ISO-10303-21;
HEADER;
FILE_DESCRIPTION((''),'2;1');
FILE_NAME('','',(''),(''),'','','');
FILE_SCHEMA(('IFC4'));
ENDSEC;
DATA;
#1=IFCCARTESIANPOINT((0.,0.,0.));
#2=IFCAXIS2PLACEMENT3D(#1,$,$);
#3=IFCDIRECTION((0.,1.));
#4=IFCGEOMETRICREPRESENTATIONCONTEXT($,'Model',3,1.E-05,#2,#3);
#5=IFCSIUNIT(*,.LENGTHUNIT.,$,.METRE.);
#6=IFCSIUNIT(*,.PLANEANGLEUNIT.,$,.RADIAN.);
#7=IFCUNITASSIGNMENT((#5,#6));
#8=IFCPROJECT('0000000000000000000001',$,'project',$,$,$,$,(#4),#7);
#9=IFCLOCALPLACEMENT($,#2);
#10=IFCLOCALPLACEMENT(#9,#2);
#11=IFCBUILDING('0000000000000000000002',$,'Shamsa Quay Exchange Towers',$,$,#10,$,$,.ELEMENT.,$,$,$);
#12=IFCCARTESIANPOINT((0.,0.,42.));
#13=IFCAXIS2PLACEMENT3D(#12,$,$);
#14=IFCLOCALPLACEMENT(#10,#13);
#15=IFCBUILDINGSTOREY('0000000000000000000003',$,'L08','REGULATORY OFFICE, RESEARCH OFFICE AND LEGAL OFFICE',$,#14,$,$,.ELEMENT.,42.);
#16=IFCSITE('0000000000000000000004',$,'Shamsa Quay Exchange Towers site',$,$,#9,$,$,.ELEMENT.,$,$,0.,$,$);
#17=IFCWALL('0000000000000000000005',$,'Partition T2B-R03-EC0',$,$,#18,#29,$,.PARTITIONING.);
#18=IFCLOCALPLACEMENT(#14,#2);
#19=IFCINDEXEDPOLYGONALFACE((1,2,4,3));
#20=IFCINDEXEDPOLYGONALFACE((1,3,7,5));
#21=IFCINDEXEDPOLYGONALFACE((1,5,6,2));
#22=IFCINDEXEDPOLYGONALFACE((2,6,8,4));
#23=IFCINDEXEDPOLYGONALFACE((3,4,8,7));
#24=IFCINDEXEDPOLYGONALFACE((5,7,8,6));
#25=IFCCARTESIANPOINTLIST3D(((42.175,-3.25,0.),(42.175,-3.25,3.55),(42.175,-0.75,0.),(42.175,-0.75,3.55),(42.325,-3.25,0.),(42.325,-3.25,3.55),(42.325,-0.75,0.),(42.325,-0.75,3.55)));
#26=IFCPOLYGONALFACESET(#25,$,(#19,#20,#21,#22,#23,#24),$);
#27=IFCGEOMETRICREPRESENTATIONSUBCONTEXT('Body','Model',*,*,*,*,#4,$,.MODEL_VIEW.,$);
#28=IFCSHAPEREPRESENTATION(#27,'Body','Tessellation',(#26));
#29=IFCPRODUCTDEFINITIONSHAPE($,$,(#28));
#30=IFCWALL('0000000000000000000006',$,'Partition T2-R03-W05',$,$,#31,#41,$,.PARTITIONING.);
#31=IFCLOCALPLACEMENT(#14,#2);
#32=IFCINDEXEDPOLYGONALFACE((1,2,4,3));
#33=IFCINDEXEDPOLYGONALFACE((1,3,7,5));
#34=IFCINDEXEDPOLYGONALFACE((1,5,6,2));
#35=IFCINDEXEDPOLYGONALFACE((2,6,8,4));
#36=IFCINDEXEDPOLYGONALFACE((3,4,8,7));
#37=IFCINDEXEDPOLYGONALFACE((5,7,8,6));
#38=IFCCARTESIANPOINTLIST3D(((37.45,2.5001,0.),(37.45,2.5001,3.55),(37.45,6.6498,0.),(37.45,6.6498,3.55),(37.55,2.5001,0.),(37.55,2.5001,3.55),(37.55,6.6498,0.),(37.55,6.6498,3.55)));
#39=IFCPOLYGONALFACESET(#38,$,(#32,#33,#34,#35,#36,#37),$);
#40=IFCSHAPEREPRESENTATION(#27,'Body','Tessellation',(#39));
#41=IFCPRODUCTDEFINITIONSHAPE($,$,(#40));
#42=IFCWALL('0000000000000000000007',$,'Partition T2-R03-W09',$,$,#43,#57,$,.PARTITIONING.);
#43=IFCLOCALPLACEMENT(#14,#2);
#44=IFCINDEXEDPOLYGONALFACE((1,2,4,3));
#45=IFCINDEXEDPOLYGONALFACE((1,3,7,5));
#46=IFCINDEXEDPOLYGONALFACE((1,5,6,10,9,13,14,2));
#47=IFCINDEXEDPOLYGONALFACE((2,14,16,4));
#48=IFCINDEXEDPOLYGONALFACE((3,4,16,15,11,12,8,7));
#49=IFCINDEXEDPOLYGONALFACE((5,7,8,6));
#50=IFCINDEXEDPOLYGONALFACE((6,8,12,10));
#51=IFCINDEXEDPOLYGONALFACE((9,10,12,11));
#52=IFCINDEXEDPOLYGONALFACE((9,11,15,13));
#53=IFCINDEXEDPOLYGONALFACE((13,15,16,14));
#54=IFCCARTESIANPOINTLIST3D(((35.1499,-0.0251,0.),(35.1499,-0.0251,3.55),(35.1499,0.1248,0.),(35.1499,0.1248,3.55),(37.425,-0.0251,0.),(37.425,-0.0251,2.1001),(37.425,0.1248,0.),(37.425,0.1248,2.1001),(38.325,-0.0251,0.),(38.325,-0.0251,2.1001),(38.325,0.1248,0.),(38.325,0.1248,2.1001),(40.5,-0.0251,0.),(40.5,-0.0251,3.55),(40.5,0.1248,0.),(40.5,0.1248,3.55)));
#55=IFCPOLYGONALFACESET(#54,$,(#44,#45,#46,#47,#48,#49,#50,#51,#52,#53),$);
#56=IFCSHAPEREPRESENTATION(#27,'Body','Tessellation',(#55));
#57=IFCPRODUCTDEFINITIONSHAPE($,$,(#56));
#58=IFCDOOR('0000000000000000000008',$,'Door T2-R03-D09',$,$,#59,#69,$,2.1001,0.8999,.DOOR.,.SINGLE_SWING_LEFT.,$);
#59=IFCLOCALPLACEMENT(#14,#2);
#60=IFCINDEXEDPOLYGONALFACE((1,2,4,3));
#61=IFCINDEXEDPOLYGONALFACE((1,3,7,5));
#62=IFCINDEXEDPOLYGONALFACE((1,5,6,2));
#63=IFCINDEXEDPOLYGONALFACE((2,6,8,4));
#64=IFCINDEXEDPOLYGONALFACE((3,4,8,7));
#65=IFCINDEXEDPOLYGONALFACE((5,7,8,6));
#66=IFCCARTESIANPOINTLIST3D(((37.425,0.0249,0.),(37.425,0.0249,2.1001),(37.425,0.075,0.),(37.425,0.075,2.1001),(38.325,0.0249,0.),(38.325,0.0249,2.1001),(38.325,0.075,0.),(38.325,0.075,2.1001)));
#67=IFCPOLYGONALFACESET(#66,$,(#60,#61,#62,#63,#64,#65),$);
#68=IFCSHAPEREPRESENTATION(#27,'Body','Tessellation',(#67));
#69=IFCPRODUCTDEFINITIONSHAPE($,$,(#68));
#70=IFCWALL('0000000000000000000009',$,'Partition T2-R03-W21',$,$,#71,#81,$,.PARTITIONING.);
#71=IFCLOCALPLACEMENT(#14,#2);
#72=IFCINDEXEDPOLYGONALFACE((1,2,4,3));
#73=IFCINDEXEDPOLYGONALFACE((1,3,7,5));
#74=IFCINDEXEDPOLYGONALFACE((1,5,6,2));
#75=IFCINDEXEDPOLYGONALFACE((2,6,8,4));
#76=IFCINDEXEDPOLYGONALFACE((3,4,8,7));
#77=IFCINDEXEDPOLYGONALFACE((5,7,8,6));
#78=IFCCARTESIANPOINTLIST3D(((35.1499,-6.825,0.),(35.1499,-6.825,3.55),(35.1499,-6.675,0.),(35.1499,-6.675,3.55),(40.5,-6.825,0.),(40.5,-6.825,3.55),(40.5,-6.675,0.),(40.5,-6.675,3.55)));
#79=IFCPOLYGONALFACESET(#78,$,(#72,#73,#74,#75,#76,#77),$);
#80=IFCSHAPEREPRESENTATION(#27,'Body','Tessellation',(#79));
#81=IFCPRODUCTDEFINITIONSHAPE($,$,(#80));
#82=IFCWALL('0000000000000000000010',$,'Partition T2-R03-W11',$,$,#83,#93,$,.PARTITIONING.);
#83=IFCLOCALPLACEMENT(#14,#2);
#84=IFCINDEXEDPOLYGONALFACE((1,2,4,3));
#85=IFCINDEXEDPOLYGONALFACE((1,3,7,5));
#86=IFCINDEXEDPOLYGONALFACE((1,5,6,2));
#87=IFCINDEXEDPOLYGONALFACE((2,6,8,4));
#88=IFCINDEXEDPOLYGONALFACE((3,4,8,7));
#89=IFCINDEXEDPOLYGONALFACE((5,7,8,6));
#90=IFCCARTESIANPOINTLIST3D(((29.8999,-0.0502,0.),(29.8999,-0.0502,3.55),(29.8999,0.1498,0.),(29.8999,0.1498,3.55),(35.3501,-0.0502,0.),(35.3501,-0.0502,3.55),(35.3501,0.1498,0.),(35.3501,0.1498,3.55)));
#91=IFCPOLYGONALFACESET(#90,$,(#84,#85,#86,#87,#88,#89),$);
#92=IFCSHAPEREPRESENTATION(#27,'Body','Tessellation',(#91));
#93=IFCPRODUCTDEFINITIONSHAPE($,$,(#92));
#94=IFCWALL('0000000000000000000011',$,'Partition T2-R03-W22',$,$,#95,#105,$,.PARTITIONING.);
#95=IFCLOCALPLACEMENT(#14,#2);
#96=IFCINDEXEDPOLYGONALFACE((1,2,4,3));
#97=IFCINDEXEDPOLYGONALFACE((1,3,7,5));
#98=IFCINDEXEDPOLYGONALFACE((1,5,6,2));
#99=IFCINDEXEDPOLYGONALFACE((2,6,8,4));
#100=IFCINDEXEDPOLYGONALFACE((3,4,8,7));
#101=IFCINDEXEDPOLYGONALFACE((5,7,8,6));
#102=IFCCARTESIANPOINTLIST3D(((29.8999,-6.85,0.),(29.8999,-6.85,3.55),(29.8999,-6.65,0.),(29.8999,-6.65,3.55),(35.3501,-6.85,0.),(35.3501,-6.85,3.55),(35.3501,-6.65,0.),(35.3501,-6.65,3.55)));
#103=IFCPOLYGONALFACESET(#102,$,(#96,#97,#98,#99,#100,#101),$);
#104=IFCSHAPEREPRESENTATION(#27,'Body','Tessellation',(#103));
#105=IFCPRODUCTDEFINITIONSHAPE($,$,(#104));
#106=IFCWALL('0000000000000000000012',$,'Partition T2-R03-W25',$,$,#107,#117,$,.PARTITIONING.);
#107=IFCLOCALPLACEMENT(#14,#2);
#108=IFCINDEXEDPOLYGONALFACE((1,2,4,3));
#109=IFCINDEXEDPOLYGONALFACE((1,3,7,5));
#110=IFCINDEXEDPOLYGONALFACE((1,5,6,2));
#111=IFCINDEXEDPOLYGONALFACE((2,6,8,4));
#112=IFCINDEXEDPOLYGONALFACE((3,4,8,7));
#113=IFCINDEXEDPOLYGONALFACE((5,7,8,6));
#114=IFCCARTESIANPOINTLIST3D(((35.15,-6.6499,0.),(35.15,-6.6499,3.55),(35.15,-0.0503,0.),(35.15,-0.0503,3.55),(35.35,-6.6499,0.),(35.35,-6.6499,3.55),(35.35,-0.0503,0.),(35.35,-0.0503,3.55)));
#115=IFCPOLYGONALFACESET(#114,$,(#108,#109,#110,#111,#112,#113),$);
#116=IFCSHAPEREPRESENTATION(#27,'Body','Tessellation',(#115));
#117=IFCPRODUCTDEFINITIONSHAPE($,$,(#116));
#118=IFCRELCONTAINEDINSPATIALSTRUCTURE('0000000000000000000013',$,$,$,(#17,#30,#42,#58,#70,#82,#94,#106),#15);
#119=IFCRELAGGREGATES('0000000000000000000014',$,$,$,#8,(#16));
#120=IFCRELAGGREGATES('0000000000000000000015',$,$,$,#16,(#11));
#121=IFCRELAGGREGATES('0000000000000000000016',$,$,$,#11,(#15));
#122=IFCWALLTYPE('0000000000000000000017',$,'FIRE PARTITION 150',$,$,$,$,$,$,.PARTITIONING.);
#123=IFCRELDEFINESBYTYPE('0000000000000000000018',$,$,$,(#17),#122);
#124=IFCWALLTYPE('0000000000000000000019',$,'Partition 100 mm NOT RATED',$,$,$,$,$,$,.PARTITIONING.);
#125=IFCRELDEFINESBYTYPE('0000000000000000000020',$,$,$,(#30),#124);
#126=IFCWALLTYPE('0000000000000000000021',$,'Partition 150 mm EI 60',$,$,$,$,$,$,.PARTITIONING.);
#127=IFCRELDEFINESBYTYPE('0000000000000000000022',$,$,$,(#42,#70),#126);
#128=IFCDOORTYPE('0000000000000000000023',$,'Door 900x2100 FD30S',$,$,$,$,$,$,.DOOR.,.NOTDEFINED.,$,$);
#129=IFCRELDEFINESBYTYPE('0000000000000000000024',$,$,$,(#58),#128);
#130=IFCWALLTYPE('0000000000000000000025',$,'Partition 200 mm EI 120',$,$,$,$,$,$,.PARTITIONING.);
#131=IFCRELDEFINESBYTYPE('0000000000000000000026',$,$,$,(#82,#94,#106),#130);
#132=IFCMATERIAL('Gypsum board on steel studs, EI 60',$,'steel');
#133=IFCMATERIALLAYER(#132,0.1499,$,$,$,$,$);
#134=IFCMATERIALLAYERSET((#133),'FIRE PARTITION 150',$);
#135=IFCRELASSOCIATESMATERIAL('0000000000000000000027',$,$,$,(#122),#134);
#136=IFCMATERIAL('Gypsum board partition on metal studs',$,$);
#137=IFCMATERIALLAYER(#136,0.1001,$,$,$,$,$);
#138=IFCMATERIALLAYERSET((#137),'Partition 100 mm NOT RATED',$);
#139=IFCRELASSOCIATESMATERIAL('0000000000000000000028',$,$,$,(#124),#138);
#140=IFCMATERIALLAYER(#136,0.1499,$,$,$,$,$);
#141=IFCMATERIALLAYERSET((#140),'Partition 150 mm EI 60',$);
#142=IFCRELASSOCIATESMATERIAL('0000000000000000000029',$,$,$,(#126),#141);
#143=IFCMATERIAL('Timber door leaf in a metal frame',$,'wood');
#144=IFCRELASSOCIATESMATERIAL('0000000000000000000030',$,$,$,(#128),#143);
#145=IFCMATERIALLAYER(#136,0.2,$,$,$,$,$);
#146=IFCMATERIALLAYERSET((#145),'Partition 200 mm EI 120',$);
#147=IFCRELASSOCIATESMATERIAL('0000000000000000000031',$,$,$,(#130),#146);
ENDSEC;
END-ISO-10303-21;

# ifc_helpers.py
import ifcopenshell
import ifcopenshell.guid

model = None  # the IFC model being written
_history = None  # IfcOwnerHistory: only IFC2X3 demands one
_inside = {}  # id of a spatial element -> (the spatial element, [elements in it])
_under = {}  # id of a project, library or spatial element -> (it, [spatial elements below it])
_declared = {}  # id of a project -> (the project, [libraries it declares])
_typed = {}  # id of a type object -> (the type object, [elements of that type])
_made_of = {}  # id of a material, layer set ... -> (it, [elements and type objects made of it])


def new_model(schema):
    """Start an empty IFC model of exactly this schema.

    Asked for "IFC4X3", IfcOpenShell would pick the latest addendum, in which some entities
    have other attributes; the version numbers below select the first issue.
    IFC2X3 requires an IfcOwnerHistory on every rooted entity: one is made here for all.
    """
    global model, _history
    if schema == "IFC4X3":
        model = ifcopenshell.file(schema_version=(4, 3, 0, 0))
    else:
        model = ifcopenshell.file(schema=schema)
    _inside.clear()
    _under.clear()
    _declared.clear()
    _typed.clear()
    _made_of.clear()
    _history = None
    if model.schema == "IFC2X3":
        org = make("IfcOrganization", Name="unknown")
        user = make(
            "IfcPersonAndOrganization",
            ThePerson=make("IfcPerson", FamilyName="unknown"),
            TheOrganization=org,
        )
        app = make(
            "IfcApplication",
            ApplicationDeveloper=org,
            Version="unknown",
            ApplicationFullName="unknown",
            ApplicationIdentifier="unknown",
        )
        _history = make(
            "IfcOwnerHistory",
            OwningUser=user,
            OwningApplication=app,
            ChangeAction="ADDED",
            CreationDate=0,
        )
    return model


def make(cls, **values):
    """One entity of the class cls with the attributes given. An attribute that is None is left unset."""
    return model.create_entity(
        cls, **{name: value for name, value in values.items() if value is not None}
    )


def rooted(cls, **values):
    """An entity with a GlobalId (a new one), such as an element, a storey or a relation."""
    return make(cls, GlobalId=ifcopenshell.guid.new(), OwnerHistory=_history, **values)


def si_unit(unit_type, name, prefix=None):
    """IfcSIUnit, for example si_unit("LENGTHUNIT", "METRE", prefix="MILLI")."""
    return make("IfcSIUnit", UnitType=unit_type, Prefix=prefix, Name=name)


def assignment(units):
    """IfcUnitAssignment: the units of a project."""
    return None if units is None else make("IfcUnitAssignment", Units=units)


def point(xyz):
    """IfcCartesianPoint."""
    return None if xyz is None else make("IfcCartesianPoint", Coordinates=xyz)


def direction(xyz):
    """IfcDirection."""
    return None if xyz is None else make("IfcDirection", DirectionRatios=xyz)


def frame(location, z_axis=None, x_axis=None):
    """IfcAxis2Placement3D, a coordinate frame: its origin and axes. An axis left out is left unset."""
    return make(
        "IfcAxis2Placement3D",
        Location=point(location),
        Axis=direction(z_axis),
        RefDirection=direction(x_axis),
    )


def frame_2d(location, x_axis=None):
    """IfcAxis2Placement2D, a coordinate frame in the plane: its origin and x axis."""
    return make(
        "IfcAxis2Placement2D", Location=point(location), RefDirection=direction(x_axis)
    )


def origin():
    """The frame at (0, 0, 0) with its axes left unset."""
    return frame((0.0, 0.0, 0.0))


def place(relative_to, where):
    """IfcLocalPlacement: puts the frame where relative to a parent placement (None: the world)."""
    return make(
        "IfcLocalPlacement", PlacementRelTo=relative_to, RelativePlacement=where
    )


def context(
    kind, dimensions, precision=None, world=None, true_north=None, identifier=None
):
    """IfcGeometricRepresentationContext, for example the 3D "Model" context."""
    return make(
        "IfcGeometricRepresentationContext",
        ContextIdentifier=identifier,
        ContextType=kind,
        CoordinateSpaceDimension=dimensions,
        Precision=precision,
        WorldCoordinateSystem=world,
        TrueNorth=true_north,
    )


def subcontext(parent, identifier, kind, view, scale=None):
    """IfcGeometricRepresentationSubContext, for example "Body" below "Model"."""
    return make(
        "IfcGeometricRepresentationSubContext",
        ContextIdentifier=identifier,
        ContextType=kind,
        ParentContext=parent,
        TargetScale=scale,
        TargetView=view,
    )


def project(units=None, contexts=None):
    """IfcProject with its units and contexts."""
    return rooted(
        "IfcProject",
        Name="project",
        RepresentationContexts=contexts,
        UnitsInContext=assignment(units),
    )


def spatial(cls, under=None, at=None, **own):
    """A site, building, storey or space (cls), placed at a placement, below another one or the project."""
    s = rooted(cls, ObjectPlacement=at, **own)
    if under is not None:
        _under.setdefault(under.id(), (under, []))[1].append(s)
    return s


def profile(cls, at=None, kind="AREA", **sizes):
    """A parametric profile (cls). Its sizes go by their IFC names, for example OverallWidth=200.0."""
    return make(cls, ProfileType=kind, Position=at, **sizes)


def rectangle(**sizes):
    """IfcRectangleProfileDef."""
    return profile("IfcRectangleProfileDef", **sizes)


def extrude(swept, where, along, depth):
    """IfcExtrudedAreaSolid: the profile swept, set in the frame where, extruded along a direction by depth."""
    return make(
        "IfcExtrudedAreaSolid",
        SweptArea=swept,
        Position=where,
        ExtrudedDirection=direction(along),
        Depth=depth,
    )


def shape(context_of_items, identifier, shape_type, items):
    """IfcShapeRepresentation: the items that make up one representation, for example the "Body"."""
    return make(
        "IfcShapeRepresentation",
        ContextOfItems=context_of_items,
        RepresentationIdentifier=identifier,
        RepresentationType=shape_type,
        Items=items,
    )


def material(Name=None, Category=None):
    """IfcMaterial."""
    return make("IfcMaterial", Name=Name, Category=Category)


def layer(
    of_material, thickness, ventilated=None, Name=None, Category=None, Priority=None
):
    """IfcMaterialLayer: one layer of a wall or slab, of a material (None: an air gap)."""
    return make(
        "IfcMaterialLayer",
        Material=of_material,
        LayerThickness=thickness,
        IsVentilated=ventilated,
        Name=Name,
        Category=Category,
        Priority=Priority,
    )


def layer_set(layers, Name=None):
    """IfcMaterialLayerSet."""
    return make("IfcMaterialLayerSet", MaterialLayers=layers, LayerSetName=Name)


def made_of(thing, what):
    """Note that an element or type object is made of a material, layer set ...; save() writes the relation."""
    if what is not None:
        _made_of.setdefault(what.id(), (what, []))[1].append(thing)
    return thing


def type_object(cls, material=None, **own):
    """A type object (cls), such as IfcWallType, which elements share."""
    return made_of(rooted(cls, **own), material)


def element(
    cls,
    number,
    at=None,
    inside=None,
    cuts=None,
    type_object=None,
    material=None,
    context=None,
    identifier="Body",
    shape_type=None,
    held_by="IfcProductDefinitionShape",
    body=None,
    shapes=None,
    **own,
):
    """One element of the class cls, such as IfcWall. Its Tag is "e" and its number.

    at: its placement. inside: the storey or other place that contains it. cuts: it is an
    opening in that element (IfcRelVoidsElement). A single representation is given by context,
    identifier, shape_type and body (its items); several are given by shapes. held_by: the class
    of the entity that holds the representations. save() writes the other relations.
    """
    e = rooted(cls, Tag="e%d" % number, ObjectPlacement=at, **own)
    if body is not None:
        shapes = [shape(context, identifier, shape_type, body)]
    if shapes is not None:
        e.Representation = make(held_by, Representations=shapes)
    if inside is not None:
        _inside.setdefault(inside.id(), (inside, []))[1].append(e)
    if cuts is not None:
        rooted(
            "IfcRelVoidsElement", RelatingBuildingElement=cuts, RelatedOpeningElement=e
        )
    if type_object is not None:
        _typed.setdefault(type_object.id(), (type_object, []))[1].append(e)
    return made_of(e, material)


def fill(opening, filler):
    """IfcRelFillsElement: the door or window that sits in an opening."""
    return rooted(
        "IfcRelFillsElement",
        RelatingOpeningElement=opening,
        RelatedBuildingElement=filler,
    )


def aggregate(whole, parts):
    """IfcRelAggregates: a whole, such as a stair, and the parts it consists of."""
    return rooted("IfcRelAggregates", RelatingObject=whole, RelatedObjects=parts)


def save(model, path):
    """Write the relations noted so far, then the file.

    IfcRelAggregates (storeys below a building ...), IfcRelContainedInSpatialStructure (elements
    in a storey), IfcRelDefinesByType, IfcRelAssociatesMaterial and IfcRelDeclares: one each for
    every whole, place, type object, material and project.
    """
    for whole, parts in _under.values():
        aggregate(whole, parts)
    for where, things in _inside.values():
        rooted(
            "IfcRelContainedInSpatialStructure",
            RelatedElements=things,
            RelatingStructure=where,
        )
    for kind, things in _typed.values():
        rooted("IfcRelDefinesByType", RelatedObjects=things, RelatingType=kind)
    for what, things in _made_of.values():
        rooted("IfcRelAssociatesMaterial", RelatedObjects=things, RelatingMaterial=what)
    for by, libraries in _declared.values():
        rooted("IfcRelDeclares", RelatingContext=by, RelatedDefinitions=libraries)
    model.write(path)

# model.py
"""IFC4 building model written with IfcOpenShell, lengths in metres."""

from ifc_helpers import new_model, si_unit, direction, frame, frame_2d, origin, place, context, subcontext, project, spatial, rectangle, extrude, material, layer, layer_set, type_object, element, fill, save


model = new_model("IFC4")

# Units and contexts
model_context = context("Model", 3, precision=1e-05, world=origin(), true_north=direction((0.0, 1.0)))
body_context = subcontext(model_context, "Body", "Model", "MODEL_VIEW")
ifc_project = project(units=[si_unit("LENGTHUNIT", "METRE"), si_unit("PLANEANGLEUNIT", "RADIAN")], contexts=[model_context])

# Site, building, storey
site_placement = place(None, origin())
site = spatial("IfcSite", under=ifc_project, at=site_placement, Name="Shamsa Quay Exchange Towers site", CompositionType="ELEMENT", RefElevation=0.0)
building_placement = place(site_placement, origin())
building = spatial("IfcBuilding", under=site, at=building_placement, Name="Shamsa Quay Exchange Towers", CompositionType="ELEMENT")
storey_placement = place(building_placement, frame((0.0, 0.0, 42.0)))
storey = spatial("IfcBuildingStorey", under=building, at=storey_placement, Name="L08", Description="REGULATORY OFFICE, RESEARCH OFFICE AND LEGAL OFFICE", CompositionType="ELEMENT", Elevation=42.0)

# Walls
ifc_material_1 = material(Name="Gypsum board on steel studs, EI 60", Category="steel")
ifc_layer_1 = layer(ifc_material_1, 0.1499)
ifc_layer_set_1 = layer_set([ifc_layer_1], Name="FIRE PARTITION 150")
wall_type_1 = type_object("IfcWallType", Name="FIRE PARTITION 150", PredefinedType="PARTITIONING", material=ifc_layer_set_1)
wall_1_placement = place(storey_placement, frame((42.25, -3.25, 0.0), z_axis=(0.0, 0.0, 1.0), x_axis=(0.0, 1.0, 0.0)))
element("IfcWall", 1, at=wall_1_placement, inside=storey, type_object=wall_type_1, Name="Partition T2B-R03-EC0", PredefinedType="PARTITIONING", context=body_context, shape_type="SweptSolid", body=[
    extrude(rectangle(XDim=2.5, YDim=0.1499, at=frame_2d((1.25, 0.0))), origin(), (0.0, 0.0, 1.0), 3.55),
])
ifc_material_2 = material(Name="Gypsum board partition on metal studs")
ifc_layer_2 = layer(ifc_material_2, 0.1001)
ifc_layer_set_2 = layer_set([ifc_layer_2], Name="Partition 100 mm NOT RATED")
wall_type_2 = type_object("IfcWallType", Name="Partition 100 mm NOT RATED", PredefinedType="PARTITIONING", material=ifc_layer_set_2)
wall_2_placement = place(storey_placement, frame((37.5, 2.5002, 0.0), z_axis=(0.0, 0.0, 1.0), x_axis=(0.0, 1.0, 0.0)))
element("IfcWall", 2, at=wall_2_placement, inside=storey, type_object=wall_type_2, Name="Partition T2-R03-W05", PredefinedType="PARTITIONING", context=body_context, shape_type="SweptSolid", body=[
    extrude(rectangle(XDim=4.1497, YDim=0.1001, at=frame_2d((2.0747, 0.0))), origin(), (0.0, 0.0, 1.0), 3.55),
])

# Wall, opening, door
ifc_layer_3 = layer(ifc_material_2, 0.1499)
ifc_layer_set_3 = layer_set([ifc_layer_3], Name="Partition 150 mm EI 60")
wall_type_3 = type_object("IfcWallType", Name="Partition 150 mm EI 60", PredefinedType="PARTITIONING", material=ifc_layer_set_3)
wall_3_placement = place(storey_placement, frame((40.5, 0.0498, 0.0), z_axis=(0.0, 0.0, 1.0), x_axis=(-1.0, 0.0, 0.0)))
wall_3 = element("IfcWall", 3, at=wall_3_placement, inside=storey, type_object=wall_type_3, Name="Partition T2-R03-W09", PredefinedType="PARTITIONING", context=body_context, shape_type="SweptSolid", body=[
    extrude(rectangle(XDim=5.3501, YDim=0.1499, at=frame_2d((2.675, 0.0))), origin(), (0.0, 0.0, 1.0), 3.55),
])
opening_1_placement = place(wall_3_placement, frame((2.175, 0.0, 0.0)))
opening_1 = element("IfcOpeningElement", 4, at=opening_1_placement, cuts=wall_3, PredefinedType="OPENING", context=body_context, shape_type="SweptSolid", body=[
    extrude(rectangle(XDim=0.8999, YDim=2.1001, at=frame_2d((0.45, 1.05))), frame((0.0, 0.085, 0.0), z_axis=(0.0, -1.0, 0.0), x_axis=(1.0, 0.0, 0.0)), (0.0, 0.0, 1.0), 0.1699),
])
ifc_material_3 = material(Name="Timber door leaf in a metal frame", Category="wood")
door_type_1 = type_object("IfcDoorType", Name="Door 900x2100 FD30S", OperationType="NOTDEFINED", PredefinedType="DOOR", material=ifc_material_3)
door_1_placement = place(opening_1_placement, origin())
door_1 = element("IfcDoor", 5, at=door_1_placement, inside=storey, type_object=door_type_1, Name="Door T2-R03-D09", OperationType="SINGLE_SWING_LEFT", OverallHeight=2.1001, OverallWidth=0.8999, PredefinedType="DOOR", context=body_context, shape_type="SweptSolid", body=[
    extrude(rectangle(XDim=0.8999, YDim=2.1001, at=frame_2d((0.45, 1.05))), frame((0.0, 0.0249, 0.0), z_axis=(0.0, -1.0, 0.0), x_axis=(1.0, 0.0, 0.0)), (0.0, 0.0, 1.0), 0.05),
])
fill(opening_1, door_1)

# Walls
wall_4_placement = place(storey_placement, frame((40.5, -6.75, 0.0), z_axis=(0.0, 0.0, 1.0), x_axis=(-1.0, 0.0, 0.0)))
element("IfcWall", 6, at=wall_4_placement, inside=storey, type_object=wall_type_3, Name="Partition T2-R03-W21", PredefinedType="PARTITIONING", context=body_context, shape_type="SweptSolid", body=[
    extrude(rectangle(XDim=5.3501, YDim=0.1499, at=frame_2d((2.675, 0.0))), origin(), (0.0, 0.0, 1.0), 3.55),
])
ifc_layer_4 = layer(ifc_material_2, 0.2)
ifc_layer_set_4 = layer_set([ifc_layer_4], Name="Partition 200 mm EI 120")
wall_type_4 = type_object("IfcWallType", Name="Partition 200 mm EI 120", PredefinedType="PARTITIONING", material=ifc_layer_set_4)
for number, where, z_axis, x_axis, name in (
    (7, (35.3501, 0.0498, 0.0), (0.0, 0.0, 1.0), (-1.0, 0.0, 0.0), "Partition T2-R03-W11"),
    (8, (35.3501, -6.75, 0.0), (0.0, 0.0, 1.0), (-1.0, 0.0, 0.0), "Partition T2-R03-W22"),
):
    element("IfcWall", number, at=place(storey_placement, frame(where, z_axis=z_axis, x_axis=x_axis)), inside=storey, type_object=wall_type_4, Name=name, PredefinedType="PARTITIONING", context=body_context, shape_type="SweptSolid", body=[
        extrude(rectangle(XDim=5.4502, YDim=0.2, at=frame_2d((2.7251, 0.0))), origin(), (0.0, 0.0, 1.0), 3.55),
    ])
wall_5_placement = place(storey_placement, frame((35.25, -0.0503, 0.0), z_axis=(0.0, 0.0, 1.0), x_axis=(0.0, -1.0, 0.0)))
element("IfcWall", 9, at=wall_5_placement, inside=storey, type_object=wall_type_4, Name="Partition T2-R03-W25", PredefinedType="PARTITIONING", context=body_context, shape_type="SweptSolid", body=[
    extrude(rectangle(XDim=6.5996, YDim=0.2, at=frame_2d((3.2998, 0.0))), origin(), (0.0, 0.0, 1.0), 3.55),
])

save(model, "model.ifc")
